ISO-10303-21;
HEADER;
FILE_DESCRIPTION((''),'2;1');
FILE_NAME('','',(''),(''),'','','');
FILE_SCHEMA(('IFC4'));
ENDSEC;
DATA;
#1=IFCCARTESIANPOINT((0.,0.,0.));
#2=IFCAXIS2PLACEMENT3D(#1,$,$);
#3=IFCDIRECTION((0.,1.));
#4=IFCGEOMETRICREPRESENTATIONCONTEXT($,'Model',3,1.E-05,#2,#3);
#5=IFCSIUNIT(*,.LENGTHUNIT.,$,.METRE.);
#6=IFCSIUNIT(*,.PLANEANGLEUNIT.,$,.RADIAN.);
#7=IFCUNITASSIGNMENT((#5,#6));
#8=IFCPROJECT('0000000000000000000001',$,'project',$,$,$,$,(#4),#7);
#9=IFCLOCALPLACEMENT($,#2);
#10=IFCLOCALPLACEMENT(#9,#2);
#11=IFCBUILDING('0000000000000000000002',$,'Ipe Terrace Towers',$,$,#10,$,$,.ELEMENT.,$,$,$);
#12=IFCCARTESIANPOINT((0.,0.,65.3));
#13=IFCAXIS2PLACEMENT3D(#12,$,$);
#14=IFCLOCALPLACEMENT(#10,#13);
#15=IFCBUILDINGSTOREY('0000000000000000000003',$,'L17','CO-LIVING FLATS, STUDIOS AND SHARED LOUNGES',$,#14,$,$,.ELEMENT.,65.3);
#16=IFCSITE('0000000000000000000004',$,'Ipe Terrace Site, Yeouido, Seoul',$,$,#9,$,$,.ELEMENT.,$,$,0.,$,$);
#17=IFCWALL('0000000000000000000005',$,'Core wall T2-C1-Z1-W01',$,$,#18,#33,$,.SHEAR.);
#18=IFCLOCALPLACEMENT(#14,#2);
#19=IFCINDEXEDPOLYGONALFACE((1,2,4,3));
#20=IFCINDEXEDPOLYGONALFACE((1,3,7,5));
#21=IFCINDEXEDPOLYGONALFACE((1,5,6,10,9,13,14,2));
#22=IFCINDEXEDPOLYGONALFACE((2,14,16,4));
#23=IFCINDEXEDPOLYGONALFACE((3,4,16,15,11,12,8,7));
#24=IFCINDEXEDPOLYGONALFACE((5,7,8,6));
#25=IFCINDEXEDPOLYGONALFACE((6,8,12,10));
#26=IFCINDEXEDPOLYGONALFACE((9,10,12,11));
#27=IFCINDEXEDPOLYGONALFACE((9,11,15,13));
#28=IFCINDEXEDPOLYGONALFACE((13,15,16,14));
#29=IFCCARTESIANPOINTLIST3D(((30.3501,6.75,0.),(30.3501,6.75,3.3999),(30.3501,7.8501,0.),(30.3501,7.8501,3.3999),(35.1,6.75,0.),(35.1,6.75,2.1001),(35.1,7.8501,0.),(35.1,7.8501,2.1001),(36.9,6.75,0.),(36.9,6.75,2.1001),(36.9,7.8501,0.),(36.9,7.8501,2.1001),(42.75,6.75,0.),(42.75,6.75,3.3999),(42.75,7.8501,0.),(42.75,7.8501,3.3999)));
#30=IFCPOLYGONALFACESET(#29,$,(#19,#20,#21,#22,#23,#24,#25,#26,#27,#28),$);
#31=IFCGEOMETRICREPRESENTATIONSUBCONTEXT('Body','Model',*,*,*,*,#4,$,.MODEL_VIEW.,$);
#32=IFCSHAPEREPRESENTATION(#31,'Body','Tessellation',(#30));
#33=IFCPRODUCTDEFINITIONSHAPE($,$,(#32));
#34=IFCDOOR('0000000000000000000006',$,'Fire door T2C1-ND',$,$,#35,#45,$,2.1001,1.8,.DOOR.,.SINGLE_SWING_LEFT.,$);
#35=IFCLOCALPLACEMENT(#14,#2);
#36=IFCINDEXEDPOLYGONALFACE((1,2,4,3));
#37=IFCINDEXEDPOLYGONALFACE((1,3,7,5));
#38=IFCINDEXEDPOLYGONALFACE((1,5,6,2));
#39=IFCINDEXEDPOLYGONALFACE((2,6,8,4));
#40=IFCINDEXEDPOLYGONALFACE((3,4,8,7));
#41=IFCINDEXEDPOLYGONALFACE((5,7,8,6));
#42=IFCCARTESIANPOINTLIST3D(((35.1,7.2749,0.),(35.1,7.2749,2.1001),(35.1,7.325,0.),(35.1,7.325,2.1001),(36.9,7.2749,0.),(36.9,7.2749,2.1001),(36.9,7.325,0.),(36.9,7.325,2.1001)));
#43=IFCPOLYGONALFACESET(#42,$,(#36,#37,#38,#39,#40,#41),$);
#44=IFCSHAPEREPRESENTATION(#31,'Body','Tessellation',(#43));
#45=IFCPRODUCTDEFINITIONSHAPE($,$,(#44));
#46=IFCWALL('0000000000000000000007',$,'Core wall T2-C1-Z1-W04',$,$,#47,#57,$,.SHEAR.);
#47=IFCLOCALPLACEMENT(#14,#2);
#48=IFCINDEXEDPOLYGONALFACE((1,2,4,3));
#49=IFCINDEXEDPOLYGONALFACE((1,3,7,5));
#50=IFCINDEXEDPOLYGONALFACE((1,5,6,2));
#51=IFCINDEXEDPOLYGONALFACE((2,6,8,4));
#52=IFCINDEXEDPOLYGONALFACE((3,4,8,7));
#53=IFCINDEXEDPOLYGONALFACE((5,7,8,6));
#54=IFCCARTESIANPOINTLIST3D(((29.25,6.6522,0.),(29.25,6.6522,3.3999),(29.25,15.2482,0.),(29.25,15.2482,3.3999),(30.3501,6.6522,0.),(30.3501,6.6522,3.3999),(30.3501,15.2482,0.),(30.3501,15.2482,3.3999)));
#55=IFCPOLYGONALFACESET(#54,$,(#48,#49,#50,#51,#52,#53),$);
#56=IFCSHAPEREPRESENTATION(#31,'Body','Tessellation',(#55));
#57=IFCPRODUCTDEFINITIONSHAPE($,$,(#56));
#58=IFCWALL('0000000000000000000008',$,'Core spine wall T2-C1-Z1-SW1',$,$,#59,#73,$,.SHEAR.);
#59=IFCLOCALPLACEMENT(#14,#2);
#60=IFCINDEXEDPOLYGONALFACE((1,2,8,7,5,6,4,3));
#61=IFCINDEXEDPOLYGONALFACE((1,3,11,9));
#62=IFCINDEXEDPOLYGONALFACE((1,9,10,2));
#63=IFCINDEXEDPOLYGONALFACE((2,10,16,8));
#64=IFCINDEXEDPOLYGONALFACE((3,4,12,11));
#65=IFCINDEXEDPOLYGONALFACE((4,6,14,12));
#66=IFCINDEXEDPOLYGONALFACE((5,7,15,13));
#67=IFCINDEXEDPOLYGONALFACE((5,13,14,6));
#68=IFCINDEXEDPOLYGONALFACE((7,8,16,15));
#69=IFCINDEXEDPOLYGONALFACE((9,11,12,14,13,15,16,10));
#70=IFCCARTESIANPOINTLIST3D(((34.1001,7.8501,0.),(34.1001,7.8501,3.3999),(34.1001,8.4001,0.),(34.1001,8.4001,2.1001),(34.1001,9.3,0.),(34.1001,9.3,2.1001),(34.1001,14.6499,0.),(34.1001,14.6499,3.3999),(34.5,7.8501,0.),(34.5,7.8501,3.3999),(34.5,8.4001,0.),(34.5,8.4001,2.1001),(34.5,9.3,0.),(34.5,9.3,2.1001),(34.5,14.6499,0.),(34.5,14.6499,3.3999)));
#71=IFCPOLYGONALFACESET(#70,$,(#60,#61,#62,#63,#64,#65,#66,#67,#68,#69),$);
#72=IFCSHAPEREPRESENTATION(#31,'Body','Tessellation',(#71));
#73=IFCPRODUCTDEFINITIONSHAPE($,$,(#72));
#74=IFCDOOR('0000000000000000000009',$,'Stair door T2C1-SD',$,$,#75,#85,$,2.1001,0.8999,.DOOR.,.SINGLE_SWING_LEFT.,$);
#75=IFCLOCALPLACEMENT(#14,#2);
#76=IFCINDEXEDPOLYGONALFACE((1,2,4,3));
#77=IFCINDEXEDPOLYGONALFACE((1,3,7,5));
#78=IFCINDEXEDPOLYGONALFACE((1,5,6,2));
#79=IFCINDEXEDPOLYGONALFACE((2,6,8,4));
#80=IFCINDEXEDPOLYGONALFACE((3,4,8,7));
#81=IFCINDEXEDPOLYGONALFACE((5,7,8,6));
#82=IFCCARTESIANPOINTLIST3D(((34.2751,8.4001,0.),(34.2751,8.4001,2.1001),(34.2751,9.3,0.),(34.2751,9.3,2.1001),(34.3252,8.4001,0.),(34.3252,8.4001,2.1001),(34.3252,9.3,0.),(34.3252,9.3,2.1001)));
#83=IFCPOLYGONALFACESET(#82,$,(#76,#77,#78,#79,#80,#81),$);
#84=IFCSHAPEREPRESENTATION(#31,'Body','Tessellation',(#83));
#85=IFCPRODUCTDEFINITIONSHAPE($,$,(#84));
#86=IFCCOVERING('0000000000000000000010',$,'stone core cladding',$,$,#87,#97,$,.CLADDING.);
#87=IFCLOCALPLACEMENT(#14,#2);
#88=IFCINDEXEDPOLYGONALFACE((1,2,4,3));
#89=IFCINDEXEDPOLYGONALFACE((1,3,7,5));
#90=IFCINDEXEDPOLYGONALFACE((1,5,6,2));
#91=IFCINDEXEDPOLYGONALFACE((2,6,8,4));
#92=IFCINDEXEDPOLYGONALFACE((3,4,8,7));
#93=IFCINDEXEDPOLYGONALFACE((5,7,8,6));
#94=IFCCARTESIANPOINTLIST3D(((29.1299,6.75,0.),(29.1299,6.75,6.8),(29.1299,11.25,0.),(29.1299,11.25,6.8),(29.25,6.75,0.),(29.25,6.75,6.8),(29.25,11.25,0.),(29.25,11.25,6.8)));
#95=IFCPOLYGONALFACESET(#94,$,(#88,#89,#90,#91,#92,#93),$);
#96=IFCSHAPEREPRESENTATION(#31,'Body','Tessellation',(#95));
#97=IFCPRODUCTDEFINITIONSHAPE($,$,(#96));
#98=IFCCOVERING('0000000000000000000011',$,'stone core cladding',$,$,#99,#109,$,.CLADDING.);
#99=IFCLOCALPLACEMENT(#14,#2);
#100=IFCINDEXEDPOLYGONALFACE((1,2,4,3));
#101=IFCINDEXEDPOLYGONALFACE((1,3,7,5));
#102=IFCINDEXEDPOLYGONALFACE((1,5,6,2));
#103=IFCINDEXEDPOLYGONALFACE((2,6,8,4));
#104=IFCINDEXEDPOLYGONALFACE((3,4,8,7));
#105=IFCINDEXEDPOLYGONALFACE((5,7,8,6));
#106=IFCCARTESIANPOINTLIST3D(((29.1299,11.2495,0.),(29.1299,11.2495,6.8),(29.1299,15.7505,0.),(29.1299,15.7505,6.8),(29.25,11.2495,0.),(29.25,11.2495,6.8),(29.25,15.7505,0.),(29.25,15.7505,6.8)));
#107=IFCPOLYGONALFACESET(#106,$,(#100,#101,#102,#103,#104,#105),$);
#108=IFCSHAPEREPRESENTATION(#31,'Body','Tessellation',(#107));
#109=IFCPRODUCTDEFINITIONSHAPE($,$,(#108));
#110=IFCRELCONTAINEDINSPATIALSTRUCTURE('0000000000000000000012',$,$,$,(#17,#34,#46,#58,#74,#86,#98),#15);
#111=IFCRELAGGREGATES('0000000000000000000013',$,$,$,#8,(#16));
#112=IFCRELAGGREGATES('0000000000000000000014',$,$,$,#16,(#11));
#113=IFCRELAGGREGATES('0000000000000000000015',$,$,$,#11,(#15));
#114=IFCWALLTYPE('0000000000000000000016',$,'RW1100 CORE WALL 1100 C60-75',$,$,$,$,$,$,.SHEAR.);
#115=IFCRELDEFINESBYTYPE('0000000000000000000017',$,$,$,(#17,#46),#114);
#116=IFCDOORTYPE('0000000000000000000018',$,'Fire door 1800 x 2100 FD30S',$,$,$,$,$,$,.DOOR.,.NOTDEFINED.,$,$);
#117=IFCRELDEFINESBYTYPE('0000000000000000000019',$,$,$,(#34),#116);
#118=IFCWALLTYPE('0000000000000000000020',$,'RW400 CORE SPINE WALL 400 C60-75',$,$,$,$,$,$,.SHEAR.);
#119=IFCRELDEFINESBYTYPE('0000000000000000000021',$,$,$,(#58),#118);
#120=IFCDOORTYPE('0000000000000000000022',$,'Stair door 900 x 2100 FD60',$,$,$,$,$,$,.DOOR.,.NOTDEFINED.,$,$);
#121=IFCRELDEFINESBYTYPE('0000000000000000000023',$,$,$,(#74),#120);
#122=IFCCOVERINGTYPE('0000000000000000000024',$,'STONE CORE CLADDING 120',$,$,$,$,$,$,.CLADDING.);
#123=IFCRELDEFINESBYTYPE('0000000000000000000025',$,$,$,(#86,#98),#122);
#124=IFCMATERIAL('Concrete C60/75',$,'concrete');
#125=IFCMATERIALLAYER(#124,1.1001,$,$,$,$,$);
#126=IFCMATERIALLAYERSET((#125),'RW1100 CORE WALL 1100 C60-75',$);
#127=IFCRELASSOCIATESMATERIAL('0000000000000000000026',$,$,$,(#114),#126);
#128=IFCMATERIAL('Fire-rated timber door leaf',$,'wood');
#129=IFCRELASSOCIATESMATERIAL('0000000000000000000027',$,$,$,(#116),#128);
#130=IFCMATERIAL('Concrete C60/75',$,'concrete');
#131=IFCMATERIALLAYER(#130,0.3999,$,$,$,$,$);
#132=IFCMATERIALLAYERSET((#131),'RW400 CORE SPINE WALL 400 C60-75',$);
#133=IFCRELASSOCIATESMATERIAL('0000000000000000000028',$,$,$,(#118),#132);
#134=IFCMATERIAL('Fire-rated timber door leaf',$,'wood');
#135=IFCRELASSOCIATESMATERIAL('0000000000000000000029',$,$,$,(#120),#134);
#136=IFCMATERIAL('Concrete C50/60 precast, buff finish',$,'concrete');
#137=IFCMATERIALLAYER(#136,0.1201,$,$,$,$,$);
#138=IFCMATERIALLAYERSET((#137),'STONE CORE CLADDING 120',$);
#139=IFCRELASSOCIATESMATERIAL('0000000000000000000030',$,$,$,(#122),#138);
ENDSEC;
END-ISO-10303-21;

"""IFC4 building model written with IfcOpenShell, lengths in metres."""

from ifc_helpers import new_model, si_unit, direction, frame, frame_2d, origin, origin_2d, place, context, subcontext, project, spatial, rectangle, extrude, material, layer, layer_set, type_object, element, fill, save


model = new_model("IFC4")

# Units and contexts
model_context = context("Model", 3, precision=1e-05, world=origin(), true_north=direction((0.0, 1.0)))
body_context = subcontext(model_context, "Body", "Model", "MODEL_VIEW")
ifc_project = project(units=[si_unit("LENGTHUNIT", "METRE"), si_unit("PLANEANGLEUNIT", "RADIAN")], contexts=[model_context])

# Site, building, storey
site_placement = place(None, origin())
site = spatial("IfcSite", under=ifc_project, at=site_placement, Name="Ipe Terrace Site, Yeouido, Seoul", CompositionType="ELEMENT", RefElevation=0.0)
building_placement = place(site_placement, origin())
building = spatial("IfcBuilding", under=site, at=building_placement, Name="Ipe Terrace Towers", CompositionType="ELEMENT")
storey_placement = place(building_placement, frame((0.0, 0.0, 65.3)))
storey = spatial("IfcBuildingStorey", under=building, at=storey_placement, Name="L17", Description="CO-LIVING FLATS, STUDIOS AND SHARED LOUNGES", CompositionType="ELEMENT", Elevation=65.3)

# Wall, opening, door
ifc_material_1 = material(Name="Concrete C60/75", Category="concrete")
ifc_layer_1 = layer(ifc_material_1, 1.1001)
ifc_layer_set_1 = layer_set([ifc_layer_1], Name="RW1100 CORE WALL 1100 C60-75")
wall_type_1 = type_object("IfcWallType", Name="RW1100 CORE WALL 1100 C60-75", PredefinedType="SHEAR", material=ifc_layer_set_1)
wall_1_placement = place(storey_placement, frame((30.3501, 7.3, 0.0), z_axis=(0.0, 0.0, 1.0), x_axis=(1.0, 0.0, 0.0)))
wall_1 = element("IfcWall", 1, at=wall_1_placement, inside=storey, type_object=wall_type_1, Name="Core wall T2-C1-Z1-W01", PredefinedType="SHEAR", context=body_context, shape_type="SweptSolid", body=[
    extrude(rectangle(XDim=12.3999, YDim=1.1001, at=frame_2d((6.2, 0.0))), origin(), (0.0, 0.0, 1.0), 3.3999),
])
opening_1_placement = place(wall_1_placement, frame((4.75, 0.0, 0.0)))
opening_1 = element("IfcOpeningElement", 2, at=opening_1_placement, cuts=wall_1, PredefinedType="OPENING", context=body_context, shape_type="SweptSolid", body=[
    extrude(rectangle(XDim=1.8, YDim=2.1001, at=frame_2d((0.8999, 1.05))), frame((0.0, 0.5601, 0.0), z_axis=(0.0, -1.0, 0.0), x_axis=(1.0, 0.0, 0.0)), (0.0, 0.0, 1.0), 1.1201),
])
ifc_material_2 = material(Name="Fire-rated timber door leaf", Category="wood")
door_type_1 = type_object("IfcDoorType", Name="Fire door 1800 x 2100 FD30S", OperationType="NOTDEFINED", PredefinedType="DOOR", material=ifc_material_2)
door_1_placement = place(opening_1_placement, origin())
door_1 = element("IfcDoor", 3, at=door_1_placement, inside=storey, type_object=door_type_1, Name="Fire door T2C1-ND", OperationType="SINGLE_SWING_LEFT", OverallHeight=2.1001, OverallWidth=1.8, PredefinedType="DOOR", context=body_context, shape_type="SweptSolid", body=[
    extrude(rectangle(XDim=1.8, YDim=2.1001, at=frame_2d((0.8999, 1.05))), frame((0.0, 0.0249, 0.0), z_axis=(0.0, -1.0, 0.0), x_axis=(1.0, 0.0, 0.0)), (0.0, 0.0, 1.0), 0.05),
])
fill(opening_1, door_1)

# Wall
wall_2_placement = place(storey_placement, frame((29.8, 15.248, 0.0), z_axis=(0.0, 0.0, 1.0), x_axis=(0.0, -1.0, 0.0)))
element("IfcWall", 4, at=wall_2_placement, inside=storey, type_object=wall_type_1, Name="Core wall T2-C1-Z1-W04", PredefinedType="SHEAR", context=body_context, shape_type="SweptSolid", body=[
    extrude(rectangle(XDim=8.5959, YDim=1.1001, at=frame_2d((4.2979, 0.0))), origin(), (0.0, 0.0, 1.0), 3.3999),
])

# Wall, opening, door
ifc_material_3 = material(Name="Concrete C60/75", Category="concrete")
ifc_layer_2 = layer(ifc_material_3, 0.3999)
ifc_layer_set_2 = layer_set([ifc_layer_2], Name="RW400 CORE SPINE WALL 400 C60-75")
wall_type_2 = type_object("IfcWallType", Name="RW400 CORE SPINE WALL 400 C60-75", PredefinedType="SHEAR", material=ifc_layer_set_2)
wall_3_placement = place(storey_placement, frame((34.3, 7.8501, 0.0), z_axis=(0.0, 0.0, 1.0), x_axis=(0.0, 1.0, 0.0)))
wall_3 = element("IfcWall", 5, at=wall_3_placement, inside=storey, type_object=wall_type_2, Name="Core spine wall T2-C1-Z1-SW1", PredefinedType="SHEAR", context=body_context, shape_type="SweptSolid", body=[
    extrude(rectangle(XDim=6.7998, YDim=0.3999, at=frame_2d((3.3999, 0.0))), origin(), (0.0, 0.0, 1.0), 3.3999),
])
opening_2_placement = place(wall_3_placement, frame((0.55, 0.0, 0.0)))
opening_2 = element("IfcOpeningElement", 6, at=opening_2_placement, cuts=wall_3, PredefinedType="OPENING", context=body_context, shape_type="SweptSolid", body=[
    extrude(rectangle(XDim=0.8999, YDim=2.1001, at=frame_2d((0.45, 1.05))), frame((0.0, 0.21, 0.0), z_axis=(0.0, -1.0, 0.0), x_axis=(1.0, 0.0, 0.0)), (0.0, 0.0, 1.0), 0.4199),
])
ifc_material_4 = material(Name="Fire-rated timber door leaf", Category="wood")
door_type_2 = type_object("IfcDoorType", Name="Stair door 900 x 2100 FD60", OperationType="NOTDEFINED", PredefinedType="DOOR", material=ifc_material_4)
door_2_placement = place(opening_2_placement, origin())
door_2 = element("IfcDoor", 7, at=door_2_placement, inside=storey, type_object=door_type_2, Name="Stair door T2C1-SD", OperationType="SINGLE_SWING_LEFT", OverallHeight=2.1001, OverallWidth=0.8999, PredefinedType="DOOR", context=body_context, shape_type="SweptSolid", body=[
    extrude(rectangle(XDim=0.8999, YDim=2.1001, at=frame_2d((0.45, 1.05))), frame((0.0, 0.0249, 0.0), z_axis=(0.0, -1.0, 0.0), x_axis=(1.0, 0.0, 0.0)), (0.0, 0.0, 1.0), 0.05),
])
fill(opening_2, door_2)

# Coverings
ifc_material_5 = material(Name="Concrete C50/60 precast, buff finish", Category="concrete")
ifc_layer_3 = layer(ifc_material_5, 0.1201)
ifc_layer_set_3 = layer_set([ifc_layer_3], Name="STONE CORE CLADDING 120")
covering_type = type_object("IfcCoveringType", Name="STONE CORE CLADDING 120", PredefinedType="CLADDING", material=ifc_layer_set_3)
covering_1_placement = place(storey_placement, frame((29.1899, 9.0, 0.0), z_axis=(0.0, 0.0, 1.0), x_axis=(0.0, -1.0, 0.0)))
element("IfcCovering", 8, at=covering_1_placement, inside=storey, type_object=covering_type, Name="stone core cladding", PredefinedType="CLADDING", context=body_context, shape_type="SweptSolid", body=[
    extrude(rectangle(XDim=4.5, YDim=0.1201, at=origin_2d()), origin(), (0.0, 0.0, 1.0), 6.8),
])
covering_2_placement = place(storey_placement, frame((29.1899, 13.5, 0.0), z_axis=(0.0, 0.0, 1.0), x_axis=(0.0, -1.0, 0.0)))
element("IfcCovering", 9, at=covering_2_placement, inside=storey, type_object=covering_type, Name="stone core cladding", PredefinedType="CLADDING", context=body_context, shape_type="SweptSolid", body=[
    extrude(rectangle(XDim=4.501, YDim=0.1201, at=origin_2d()), origin(), (0.0, 0.0, 1.0), 6.8),
])

save(model, "model.ifc")
